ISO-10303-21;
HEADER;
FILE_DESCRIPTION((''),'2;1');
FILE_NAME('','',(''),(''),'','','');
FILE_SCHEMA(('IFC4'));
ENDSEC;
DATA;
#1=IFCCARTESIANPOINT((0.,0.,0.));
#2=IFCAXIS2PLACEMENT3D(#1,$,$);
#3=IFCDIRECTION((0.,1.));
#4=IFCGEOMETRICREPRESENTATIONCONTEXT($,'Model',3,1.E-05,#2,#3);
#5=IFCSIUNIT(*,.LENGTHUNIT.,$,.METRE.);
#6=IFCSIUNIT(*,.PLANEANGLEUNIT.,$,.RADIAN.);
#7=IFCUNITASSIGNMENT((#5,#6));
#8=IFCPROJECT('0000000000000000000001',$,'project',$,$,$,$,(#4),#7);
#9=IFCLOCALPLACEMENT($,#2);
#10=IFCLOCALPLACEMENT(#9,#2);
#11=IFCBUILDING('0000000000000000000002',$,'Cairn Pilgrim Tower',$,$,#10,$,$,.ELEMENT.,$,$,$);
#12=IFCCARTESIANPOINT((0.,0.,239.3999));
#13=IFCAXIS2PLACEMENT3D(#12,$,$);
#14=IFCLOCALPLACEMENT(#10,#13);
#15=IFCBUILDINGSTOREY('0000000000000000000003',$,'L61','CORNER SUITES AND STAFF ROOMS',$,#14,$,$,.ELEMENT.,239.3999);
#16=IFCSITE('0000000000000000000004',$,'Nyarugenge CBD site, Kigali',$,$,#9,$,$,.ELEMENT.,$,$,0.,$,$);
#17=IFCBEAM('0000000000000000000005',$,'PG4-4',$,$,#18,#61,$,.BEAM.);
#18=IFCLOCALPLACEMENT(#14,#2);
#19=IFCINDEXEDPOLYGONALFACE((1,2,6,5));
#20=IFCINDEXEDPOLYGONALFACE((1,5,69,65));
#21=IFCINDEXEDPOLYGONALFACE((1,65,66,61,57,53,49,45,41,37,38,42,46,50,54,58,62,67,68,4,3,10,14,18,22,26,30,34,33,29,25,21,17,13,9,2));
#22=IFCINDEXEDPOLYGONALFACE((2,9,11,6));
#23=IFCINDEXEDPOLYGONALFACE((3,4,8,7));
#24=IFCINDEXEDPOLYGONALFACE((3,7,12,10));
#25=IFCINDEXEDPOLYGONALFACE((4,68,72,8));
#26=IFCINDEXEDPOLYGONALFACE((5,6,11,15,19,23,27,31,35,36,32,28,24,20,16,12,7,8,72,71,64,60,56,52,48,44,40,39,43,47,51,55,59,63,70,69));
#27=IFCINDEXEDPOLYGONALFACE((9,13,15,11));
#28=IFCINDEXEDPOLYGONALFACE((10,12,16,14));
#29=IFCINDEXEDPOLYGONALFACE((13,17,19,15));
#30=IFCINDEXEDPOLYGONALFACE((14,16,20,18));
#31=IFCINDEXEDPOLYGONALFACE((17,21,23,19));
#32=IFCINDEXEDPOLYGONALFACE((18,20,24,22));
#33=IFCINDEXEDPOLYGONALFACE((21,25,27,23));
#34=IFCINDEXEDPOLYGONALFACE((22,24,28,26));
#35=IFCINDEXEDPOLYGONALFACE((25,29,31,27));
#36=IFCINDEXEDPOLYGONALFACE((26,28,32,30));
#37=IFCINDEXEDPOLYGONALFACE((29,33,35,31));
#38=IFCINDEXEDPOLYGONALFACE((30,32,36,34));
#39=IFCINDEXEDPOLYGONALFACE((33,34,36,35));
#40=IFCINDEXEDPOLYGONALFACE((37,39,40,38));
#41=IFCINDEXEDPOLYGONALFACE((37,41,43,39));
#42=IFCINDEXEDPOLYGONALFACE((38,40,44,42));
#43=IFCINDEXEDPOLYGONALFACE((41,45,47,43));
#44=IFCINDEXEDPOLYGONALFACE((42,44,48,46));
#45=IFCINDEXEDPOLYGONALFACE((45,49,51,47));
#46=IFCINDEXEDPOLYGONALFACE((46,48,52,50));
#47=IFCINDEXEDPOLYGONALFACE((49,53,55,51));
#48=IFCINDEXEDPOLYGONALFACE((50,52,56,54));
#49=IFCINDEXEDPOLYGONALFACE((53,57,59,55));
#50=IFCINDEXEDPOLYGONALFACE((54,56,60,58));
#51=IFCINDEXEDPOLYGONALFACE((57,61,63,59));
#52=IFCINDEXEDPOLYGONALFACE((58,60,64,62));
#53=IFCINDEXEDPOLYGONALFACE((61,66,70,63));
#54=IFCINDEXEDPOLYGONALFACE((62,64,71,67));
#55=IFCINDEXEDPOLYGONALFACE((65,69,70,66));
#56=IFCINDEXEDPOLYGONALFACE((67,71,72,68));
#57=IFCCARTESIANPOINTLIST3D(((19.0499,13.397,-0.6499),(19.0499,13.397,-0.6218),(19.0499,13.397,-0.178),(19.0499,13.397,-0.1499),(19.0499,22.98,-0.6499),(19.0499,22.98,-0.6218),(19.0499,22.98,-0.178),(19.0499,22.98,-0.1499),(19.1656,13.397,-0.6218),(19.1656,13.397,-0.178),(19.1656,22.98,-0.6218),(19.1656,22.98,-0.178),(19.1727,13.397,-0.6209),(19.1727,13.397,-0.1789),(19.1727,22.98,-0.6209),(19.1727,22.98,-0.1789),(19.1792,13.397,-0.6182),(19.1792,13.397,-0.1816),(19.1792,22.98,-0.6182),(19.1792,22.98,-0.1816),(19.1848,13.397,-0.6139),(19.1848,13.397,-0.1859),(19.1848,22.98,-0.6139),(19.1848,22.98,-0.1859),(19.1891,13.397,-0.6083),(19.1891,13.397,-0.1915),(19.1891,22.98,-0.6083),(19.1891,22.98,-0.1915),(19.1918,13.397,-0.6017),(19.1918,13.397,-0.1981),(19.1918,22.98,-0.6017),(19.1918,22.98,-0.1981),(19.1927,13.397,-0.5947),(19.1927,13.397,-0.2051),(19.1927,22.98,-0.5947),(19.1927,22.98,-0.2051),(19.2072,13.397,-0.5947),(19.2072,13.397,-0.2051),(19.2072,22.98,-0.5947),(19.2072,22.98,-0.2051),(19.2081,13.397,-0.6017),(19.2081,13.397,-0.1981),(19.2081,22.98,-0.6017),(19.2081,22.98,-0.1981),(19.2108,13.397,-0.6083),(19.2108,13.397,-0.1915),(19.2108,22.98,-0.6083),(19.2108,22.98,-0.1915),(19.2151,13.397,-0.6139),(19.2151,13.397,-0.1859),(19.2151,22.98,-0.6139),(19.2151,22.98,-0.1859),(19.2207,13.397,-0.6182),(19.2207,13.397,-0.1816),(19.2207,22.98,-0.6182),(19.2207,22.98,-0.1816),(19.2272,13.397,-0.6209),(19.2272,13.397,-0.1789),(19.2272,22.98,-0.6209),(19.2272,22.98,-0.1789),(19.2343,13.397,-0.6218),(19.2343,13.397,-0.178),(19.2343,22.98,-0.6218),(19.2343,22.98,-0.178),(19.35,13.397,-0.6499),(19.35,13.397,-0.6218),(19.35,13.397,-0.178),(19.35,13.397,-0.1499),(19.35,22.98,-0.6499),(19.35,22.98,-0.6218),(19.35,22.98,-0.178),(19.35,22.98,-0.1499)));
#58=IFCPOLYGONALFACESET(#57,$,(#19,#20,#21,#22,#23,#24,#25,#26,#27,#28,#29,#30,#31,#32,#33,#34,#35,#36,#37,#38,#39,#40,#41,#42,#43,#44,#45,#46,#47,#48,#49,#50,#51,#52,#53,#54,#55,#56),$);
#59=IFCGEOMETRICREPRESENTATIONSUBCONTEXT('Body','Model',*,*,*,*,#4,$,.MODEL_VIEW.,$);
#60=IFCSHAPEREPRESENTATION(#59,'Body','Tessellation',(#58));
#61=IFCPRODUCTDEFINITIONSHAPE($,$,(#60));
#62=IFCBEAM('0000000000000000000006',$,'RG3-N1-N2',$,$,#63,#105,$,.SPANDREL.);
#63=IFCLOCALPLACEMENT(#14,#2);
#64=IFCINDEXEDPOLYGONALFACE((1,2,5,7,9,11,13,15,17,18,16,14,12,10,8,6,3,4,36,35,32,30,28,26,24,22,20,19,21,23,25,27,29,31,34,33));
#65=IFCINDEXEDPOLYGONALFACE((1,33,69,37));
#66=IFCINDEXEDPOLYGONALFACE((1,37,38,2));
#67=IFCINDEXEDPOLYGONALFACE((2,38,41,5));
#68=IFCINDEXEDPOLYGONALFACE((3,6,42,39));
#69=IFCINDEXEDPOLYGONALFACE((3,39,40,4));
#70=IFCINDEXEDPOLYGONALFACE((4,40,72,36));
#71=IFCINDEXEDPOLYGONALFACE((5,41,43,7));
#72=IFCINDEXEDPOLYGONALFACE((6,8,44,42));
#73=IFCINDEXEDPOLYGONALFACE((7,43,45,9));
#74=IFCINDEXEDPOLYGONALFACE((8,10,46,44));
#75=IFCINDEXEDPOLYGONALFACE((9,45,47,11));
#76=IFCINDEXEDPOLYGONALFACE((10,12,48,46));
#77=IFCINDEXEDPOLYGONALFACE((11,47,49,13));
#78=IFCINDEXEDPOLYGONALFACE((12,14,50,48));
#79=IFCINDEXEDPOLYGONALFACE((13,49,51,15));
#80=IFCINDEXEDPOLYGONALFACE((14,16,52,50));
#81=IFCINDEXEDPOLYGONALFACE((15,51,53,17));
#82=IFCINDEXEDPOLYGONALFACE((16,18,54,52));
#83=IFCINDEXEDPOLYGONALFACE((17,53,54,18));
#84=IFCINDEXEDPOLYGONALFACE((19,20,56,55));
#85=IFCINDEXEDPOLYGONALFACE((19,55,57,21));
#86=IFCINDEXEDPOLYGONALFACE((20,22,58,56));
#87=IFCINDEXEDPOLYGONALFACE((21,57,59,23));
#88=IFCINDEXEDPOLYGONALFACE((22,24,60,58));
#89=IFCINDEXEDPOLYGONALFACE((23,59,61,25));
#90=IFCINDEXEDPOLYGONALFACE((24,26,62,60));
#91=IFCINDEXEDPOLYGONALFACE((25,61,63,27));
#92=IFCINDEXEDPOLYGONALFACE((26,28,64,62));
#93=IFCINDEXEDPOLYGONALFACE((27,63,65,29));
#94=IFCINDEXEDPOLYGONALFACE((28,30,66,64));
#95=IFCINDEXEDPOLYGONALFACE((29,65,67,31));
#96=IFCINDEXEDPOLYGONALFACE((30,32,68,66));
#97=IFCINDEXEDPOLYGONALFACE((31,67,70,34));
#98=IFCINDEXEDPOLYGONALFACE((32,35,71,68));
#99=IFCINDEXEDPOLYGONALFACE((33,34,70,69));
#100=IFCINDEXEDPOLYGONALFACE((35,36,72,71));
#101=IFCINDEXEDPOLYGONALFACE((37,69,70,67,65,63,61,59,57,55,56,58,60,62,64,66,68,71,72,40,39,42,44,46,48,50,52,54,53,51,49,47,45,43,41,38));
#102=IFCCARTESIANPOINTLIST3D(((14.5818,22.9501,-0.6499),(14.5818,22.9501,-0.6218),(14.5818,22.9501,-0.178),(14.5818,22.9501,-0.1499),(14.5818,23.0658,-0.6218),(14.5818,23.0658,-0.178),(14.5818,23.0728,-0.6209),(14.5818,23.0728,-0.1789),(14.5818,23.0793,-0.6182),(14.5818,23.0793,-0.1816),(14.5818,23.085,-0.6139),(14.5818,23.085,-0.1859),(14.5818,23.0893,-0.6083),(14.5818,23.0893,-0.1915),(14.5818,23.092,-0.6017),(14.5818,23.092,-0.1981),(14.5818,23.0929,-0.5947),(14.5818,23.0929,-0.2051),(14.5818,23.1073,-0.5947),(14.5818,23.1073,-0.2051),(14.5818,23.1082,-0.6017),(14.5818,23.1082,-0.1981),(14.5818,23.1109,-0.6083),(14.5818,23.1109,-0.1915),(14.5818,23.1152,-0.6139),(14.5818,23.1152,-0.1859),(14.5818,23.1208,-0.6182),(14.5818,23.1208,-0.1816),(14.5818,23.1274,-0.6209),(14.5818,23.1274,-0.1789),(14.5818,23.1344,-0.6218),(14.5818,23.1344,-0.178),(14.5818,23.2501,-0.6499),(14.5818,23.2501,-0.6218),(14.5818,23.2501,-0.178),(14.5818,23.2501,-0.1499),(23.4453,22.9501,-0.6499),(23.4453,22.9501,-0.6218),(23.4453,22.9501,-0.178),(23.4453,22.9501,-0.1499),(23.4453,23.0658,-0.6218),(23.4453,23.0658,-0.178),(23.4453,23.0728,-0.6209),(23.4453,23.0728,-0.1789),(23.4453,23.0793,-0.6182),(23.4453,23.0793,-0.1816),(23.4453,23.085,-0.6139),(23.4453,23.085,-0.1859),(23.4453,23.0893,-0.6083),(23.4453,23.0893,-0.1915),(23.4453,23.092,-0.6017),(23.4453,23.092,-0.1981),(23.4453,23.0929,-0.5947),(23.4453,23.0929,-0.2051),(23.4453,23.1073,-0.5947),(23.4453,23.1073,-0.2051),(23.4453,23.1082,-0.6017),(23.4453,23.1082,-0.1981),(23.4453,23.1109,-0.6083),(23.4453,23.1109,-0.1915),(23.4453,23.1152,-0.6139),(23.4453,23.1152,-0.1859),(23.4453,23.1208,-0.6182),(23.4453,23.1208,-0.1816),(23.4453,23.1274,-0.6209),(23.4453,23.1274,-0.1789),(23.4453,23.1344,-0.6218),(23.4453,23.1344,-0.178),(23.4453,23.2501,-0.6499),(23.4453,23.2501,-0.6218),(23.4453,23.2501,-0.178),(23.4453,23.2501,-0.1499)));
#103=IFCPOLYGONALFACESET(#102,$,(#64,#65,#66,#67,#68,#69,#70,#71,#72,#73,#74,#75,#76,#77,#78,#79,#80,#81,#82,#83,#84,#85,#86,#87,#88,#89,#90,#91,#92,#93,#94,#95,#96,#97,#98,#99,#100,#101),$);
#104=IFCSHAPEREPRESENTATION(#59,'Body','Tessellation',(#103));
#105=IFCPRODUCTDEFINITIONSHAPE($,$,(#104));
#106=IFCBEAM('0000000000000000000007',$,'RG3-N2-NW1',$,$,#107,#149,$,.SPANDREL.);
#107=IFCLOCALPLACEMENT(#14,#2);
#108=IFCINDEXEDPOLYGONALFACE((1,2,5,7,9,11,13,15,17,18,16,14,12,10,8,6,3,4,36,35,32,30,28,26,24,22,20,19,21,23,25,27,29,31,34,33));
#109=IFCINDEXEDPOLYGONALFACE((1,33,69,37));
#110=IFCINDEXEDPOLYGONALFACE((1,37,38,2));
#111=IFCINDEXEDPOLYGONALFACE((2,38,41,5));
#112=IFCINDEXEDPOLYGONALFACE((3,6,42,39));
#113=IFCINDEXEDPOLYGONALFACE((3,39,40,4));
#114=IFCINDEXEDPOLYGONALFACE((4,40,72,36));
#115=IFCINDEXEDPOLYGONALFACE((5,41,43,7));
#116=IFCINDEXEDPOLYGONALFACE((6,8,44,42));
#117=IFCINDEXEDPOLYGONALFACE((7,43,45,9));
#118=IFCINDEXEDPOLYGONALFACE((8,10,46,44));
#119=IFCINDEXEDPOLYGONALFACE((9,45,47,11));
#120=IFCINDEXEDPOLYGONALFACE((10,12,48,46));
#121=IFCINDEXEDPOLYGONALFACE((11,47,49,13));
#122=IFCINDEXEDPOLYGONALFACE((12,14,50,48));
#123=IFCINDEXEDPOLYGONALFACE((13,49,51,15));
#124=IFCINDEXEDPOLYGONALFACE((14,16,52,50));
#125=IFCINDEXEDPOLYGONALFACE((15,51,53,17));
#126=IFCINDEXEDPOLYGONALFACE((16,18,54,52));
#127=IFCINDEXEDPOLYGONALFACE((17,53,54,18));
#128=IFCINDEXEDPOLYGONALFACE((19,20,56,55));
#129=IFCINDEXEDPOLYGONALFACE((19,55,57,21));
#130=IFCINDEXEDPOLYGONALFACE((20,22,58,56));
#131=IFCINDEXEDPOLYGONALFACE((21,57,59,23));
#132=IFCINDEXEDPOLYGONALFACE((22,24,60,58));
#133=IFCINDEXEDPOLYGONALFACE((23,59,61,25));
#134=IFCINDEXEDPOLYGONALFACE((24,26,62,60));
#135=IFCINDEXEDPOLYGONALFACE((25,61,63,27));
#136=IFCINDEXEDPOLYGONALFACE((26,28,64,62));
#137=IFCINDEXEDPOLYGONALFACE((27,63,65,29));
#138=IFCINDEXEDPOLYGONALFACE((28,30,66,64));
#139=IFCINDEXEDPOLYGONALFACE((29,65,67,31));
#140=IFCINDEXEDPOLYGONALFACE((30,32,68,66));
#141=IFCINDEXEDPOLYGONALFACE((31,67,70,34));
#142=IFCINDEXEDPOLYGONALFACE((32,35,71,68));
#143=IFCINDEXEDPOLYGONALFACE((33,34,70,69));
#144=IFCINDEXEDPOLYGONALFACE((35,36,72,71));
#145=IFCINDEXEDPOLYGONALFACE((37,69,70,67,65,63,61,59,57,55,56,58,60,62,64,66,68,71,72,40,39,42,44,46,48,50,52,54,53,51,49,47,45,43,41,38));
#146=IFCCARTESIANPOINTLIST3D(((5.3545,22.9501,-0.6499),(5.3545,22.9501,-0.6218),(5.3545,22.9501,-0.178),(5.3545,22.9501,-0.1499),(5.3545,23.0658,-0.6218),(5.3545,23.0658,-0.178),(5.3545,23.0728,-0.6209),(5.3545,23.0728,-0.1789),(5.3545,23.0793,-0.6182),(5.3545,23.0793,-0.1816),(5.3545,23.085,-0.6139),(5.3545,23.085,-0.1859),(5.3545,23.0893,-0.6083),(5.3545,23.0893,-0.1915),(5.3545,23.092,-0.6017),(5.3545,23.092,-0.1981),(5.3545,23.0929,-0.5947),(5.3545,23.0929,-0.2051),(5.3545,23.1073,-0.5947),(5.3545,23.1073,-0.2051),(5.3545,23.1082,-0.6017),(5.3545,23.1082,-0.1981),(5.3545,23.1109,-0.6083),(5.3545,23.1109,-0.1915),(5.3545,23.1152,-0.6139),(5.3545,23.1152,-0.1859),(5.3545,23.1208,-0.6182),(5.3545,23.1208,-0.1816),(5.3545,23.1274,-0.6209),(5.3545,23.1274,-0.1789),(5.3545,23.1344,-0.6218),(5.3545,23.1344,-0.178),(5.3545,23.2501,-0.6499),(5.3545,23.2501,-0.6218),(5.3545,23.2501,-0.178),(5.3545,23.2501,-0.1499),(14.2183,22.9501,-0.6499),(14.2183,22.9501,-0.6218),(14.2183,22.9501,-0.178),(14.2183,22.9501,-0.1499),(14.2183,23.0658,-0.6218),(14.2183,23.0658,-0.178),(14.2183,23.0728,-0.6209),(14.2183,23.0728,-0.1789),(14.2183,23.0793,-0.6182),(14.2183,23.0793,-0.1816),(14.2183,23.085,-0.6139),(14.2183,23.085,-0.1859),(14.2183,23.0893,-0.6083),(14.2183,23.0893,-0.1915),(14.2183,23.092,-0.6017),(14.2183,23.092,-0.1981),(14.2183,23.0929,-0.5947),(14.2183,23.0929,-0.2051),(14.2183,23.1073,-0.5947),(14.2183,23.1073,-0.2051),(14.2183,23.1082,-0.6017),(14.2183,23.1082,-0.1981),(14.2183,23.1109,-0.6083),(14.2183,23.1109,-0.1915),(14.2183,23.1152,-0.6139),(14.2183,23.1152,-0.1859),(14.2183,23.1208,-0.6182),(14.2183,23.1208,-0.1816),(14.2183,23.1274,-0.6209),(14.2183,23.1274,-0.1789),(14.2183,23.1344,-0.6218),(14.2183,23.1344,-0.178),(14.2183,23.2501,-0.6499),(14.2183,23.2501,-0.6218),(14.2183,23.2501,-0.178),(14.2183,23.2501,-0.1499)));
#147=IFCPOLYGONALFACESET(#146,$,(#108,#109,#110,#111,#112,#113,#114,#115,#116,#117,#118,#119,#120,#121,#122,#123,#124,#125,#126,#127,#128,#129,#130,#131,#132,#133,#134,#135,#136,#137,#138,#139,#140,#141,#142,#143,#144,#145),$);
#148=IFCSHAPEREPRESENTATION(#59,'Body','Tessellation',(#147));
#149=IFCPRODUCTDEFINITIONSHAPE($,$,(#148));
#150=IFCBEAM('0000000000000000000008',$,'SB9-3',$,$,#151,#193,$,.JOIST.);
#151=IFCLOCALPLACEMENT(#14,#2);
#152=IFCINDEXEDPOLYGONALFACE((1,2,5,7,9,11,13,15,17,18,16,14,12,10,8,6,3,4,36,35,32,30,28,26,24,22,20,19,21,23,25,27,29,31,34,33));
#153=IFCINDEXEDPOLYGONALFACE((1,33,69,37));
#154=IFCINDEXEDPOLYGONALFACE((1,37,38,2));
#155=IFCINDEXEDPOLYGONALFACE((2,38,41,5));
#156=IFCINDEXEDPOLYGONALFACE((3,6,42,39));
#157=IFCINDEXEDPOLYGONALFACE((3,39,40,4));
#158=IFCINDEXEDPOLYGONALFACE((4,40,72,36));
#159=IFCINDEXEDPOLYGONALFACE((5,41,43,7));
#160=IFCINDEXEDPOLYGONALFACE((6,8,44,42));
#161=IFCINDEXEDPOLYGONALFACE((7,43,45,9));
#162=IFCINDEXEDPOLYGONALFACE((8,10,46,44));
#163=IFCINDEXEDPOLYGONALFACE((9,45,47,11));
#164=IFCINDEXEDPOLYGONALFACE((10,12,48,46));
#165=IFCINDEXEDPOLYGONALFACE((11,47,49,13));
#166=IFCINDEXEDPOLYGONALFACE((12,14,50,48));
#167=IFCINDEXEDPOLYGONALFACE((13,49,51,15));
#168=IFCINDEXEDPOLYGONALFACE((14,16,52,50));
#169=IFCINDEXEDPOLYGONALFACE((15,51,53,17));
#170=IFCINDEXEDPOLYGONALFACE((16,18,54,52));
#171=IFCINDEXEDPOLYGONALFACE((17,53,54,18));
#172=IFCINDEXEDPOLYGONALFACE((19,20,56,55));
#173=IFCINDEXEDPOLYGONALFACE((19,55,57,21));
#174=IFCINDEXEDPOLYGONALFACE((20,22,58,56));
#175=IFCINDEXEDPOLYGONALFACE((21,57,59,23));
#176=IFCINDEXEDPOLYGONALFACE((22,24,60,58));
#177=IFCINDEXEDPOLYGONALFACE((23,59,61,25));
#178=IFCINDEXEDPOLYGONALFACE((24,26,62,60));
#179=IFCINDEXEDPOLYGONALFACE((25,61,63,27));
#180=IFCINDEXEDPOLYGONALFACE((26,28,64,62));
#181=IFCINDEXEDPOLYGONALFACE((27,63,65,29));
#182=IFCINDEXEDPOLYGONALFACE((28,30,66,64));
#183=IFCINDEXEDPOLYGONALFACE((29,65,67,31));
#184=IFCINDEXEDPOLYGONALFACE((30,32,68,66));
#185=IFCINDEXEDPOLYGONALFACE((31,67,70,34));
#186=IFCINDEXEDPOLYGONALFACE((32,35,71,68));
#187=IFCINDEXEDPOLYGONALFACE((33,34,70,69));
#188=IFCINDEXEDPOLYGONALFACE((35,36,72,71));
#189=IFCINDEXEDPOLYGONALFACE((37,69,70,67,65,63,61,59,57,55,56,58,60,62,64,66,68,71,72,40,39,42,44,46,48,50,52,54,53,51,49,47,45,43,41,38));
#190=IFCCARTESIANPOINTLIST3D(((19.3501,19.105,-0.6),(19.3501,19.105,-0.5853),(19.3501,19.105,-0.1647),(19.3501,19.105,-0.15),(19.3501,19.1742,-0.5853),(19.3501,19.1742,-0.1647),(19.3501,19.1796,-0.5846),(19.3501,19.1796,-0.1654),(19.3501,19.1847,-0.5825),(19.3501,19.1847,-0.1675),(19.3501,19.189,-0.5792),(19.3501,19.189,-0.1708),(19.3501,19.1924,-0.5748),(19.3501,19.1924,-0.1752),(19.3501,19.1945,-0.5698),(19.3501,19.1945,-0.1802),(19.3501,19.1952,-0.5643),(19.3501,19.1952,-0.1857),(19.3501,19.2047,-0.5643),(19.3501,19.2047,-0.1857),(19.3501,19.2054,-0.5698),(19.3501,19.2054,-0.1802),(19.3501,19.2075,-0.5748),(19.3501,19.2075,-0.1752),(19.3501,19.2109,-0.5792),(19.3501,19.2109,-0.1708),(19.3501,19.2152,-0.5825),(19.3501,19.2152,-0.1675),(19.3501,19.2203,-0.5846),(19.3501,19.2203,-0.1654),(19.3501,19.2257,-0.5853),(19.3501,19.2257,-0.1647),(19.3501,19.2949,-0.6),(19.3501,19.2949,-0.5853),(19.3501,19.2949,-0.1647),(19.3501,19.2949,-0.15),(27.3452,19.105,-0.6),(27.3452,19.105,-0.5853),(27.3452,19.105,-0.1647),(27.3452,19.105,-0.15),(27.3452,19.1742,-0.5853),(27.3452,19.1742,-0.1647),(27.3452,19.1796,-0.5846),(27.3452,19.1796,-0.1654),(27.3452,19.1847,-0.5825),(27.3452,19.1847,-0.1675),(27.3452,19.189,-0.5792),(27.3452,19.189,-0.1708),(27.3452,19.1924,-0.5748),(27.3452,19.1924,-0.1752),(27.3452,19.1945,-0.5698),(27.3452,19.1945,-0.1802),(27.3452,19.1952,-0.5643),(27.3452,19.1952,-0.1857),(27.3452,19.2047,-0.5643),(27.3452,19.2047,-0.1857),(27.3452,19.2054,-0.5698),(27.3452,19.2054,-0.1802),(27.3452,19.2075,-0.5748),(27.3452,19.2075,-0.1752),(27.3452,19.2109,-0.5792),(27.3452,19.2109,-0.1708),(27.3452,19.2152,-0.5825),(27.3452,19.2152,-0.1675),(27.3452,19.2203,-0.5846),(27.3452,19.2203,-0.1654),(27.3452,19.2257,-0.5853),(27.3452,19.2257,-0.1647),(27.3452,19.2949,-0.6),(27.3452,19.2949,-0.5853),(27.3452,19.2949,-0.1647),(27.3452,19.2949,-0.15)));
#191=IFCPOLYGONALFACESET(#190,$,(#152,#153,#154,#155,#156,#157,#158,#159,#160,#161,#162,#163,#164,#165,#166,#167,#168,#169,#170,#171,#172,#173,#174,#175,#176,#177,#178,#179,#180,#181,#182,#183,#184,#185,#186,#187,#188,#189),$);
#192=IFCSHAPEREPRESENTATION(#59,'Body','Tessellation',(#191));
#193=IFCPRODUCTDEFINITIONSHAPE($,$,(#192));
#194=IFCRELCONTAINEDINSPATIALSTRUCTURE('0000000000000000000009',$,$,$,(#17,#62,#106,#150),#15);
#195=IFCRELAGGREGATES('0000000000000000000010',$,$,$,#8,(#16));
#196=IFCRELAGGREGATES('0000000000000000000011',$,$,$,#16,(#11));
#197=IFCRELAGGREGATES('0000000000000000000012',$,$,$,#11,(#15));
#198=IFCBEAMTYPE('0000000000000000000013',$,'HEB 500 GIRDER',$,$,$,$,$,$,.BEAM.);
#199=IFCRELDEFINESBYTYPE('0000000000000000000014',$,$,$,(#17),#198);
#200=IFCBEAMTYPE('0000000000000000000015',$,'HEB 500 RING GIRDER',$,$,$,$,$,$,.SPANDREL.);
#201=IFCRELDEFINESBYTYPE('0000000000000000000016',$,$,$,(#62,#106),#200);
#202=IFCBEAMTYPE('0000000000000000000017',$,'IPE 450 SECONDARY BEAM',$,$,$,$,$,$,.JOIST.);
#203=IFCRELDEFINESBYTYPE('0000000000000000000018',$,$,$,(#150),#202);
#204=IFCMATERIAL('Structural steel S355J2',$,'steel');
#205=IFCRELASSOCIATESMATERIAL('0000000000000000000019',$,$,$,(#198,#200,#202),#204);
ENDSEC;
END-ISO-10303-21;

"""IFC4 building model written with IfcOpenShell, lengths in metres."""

from ifc_helpers import new_model, si_unit, direction, frame, origin, origin_2d, place, context, subcontext, project, spatial, i_section, extrude, material, material_profile, profile_set, type_object, element, save


model = new_model("IFC4")

# Units and contexts
model_context = context("Model", 3, precision=1e-05, world=origin(), true_north=direction((0.0, 1.0)))
body_context = subcontext(model_context, "Body", "Model", "MODEL_VIEW")
ifc_project = project(units=[si_unit("LENGTHUNIT", "METRE"), si_unit("PLANEANGLEUNIT", "RADIAN")], contexts=[model_context])

# Site, building, storey
site_placement = place(None, origin())
site = spatial("IfcSite", under=ifc_project, at=site_placement, Name="Nyarugenge CBD site, Kigali", CompositionType="ELEMENT", RefElevation=0.0)
building_placement = place(site_placement, origin())
building = spatial("IfcBuilding", under=site, at=building_placement, Name="Cairn Pilgrim Tower", CompositionType="ELEMENT")
storey_placement = place(building_placement, frame((0.0, 0.0, 239.3999)))
storey = spatial("IfcBuildingStorey", under=building, at=storey_placement, Name="L61", Description="CORNER SUITES AND STAFF ROOMS", CompositionType="ELEMENT", Elevation=239.3999)

# Shared definitions
ifc_material_1 = material(Name="Structural steel S355J2", Category="steel")

# Beams
ifc_material_profile_1 = material_profile(ifc_material_1, i_section(OverallWidth=0.3, OverallDepth=0.5, WebThickness=0.0144, FlangeThickness=0.0281, FilletRadius=0.0271, at=origin_2d()), Name="HEB 500")
ifc_profile_set_1 = profile_set([ifc_material_profile_1], Name="Structural steel S355J2")
beam_type_1 = type_object("IfcBeamType", Name="HEB 500 GIRDER", PredefinedType="BEAM", material=ifc_profile_set_1)
beam_1_placement = place(storey_placement, frame((19.2, 13.397, -0.3999), z_axis=(0.0, 1.0, 0.0), x_axis=(-1.0, 0.0, 0.0)))
element("IfcBeam", 1, at=beam_1_placement, inside=storey, type_object=beam_type_1, Name="PG4-4", PredefinedType="BEAM", context=body_context, shape_type="SweptSolid", body=[
    extrude(i_section(OverallWidth=0.3, OverallDepth=0.5, WebThickness=0.0144, FlangeThickness=0.0281, FilletRadius=0.0271, at=origin_2d()), origin(), (0.0, 0.0, 1.0), 9.583),
])
ifc_material_profile_2 = material_profile(ifc_material_1, i_section(OverallWidth=0.3, OverallDepth=0.5, WebThickness=0.0144, FlangeThickness=0.0281, FilletRadius=0.0271, at=origin_2d()), Name="HEB 500")
ifc_profile_set_2 = profile_set([ifc_material_profile_2], Name="Structural steel S355J2")
beam_type_2 = type_object("IfcBeamType", Name="HEB 500 RING GIRDER", PredefinedType="SPANDREL", material=ifc_profile_set_2)
beam_2_placement = place(storey_placement, frame((23.4453, 23.1001, -0.3999), z_axis=(-1.0, 0.0, 0.0), x_axis=(0.0, -1.0, 0.0)))
element("IfcBeam", 2, at=beam_2_placement, inside=storey, type_object=beam_type_2, Name="RG3-N1-N2", PredefinedType="SPANDREL", context=body_context, shape_type="SweptSolid", body=[
    extrude(i_section(OverallWidth=0.3, OverallDepth=0.5, WebThickness=0.0144, FlangeThickness=0.0281, FilletRadius=0.0271, at=origin_2d()), origin(), (0.0, 0.0, 1.0), 8.8635),
])
beam_3_placement = place(storey_placement, frame((14.2183, 23.1001, -0.3999), z_axis=(-1.0, 0.0, 0.0), x_axis=(0.0, -1.0, 0.0)))
element("IfcBeam", 3, at=beam_3_placement, inside=storey, type_object=beam_type_2, Name="RG3-N2-NW1", PredefinedType="SPANDREL", context=body_context, shape_type="SweptSolid", body=[
    extrude(i_section(OverallWidth=0.3, OverallDepth=0.5, WebThickness=0.0144, FlangeThickness=0.0281, FilletRadius=0.0271, at=origin_2d()), origin(), (0.0, 0.0, 1.0), 8.8638),
])
ifc_material_profile_3 = material_profile(ifc_material_1, i_section(OverallWidth=0.1899, OverallDepth=0.45, WebThickness=0.0095, FlangeThickness=0.0146, FilletRadius=0.021, at=origin_2d()), Name="IPE 450")
ifc_profile_set_3 = profile_set([ifc_material_profile_3], Name="Structural steel S355J2")
beam_type_3 = type_object("IfcBeamType", Name="IPE 450 SECONDARY BEAM", PredefinedType="JOIST", material=ifc_profile_set_3)
beam_4_placement = place(storey_placement, frame((19.3501, 19.2, -0.375), z_axis=(1.0, 0.0, 0.0), x_axis=(0.0, 1.0, 0.0)))
element("IfcBeam", 4, at=beam_4_placement, inside=storey, type_object=beam_type_3, Name="SB9-3", PredefinedType="JOIST", context=body_context, shape_type="SweptSolid", body=[
    extrude(i_section(OverallWidth=0.1899, OverallDepth=0.45, WebThickness=0.0095, FlangeThickness=0.0146, FilletRadius=0.021, at=origin_2d()), origin(), (0.0, 0.0, 1.0), 7.9951),
])

save(model, "model.ifc")
